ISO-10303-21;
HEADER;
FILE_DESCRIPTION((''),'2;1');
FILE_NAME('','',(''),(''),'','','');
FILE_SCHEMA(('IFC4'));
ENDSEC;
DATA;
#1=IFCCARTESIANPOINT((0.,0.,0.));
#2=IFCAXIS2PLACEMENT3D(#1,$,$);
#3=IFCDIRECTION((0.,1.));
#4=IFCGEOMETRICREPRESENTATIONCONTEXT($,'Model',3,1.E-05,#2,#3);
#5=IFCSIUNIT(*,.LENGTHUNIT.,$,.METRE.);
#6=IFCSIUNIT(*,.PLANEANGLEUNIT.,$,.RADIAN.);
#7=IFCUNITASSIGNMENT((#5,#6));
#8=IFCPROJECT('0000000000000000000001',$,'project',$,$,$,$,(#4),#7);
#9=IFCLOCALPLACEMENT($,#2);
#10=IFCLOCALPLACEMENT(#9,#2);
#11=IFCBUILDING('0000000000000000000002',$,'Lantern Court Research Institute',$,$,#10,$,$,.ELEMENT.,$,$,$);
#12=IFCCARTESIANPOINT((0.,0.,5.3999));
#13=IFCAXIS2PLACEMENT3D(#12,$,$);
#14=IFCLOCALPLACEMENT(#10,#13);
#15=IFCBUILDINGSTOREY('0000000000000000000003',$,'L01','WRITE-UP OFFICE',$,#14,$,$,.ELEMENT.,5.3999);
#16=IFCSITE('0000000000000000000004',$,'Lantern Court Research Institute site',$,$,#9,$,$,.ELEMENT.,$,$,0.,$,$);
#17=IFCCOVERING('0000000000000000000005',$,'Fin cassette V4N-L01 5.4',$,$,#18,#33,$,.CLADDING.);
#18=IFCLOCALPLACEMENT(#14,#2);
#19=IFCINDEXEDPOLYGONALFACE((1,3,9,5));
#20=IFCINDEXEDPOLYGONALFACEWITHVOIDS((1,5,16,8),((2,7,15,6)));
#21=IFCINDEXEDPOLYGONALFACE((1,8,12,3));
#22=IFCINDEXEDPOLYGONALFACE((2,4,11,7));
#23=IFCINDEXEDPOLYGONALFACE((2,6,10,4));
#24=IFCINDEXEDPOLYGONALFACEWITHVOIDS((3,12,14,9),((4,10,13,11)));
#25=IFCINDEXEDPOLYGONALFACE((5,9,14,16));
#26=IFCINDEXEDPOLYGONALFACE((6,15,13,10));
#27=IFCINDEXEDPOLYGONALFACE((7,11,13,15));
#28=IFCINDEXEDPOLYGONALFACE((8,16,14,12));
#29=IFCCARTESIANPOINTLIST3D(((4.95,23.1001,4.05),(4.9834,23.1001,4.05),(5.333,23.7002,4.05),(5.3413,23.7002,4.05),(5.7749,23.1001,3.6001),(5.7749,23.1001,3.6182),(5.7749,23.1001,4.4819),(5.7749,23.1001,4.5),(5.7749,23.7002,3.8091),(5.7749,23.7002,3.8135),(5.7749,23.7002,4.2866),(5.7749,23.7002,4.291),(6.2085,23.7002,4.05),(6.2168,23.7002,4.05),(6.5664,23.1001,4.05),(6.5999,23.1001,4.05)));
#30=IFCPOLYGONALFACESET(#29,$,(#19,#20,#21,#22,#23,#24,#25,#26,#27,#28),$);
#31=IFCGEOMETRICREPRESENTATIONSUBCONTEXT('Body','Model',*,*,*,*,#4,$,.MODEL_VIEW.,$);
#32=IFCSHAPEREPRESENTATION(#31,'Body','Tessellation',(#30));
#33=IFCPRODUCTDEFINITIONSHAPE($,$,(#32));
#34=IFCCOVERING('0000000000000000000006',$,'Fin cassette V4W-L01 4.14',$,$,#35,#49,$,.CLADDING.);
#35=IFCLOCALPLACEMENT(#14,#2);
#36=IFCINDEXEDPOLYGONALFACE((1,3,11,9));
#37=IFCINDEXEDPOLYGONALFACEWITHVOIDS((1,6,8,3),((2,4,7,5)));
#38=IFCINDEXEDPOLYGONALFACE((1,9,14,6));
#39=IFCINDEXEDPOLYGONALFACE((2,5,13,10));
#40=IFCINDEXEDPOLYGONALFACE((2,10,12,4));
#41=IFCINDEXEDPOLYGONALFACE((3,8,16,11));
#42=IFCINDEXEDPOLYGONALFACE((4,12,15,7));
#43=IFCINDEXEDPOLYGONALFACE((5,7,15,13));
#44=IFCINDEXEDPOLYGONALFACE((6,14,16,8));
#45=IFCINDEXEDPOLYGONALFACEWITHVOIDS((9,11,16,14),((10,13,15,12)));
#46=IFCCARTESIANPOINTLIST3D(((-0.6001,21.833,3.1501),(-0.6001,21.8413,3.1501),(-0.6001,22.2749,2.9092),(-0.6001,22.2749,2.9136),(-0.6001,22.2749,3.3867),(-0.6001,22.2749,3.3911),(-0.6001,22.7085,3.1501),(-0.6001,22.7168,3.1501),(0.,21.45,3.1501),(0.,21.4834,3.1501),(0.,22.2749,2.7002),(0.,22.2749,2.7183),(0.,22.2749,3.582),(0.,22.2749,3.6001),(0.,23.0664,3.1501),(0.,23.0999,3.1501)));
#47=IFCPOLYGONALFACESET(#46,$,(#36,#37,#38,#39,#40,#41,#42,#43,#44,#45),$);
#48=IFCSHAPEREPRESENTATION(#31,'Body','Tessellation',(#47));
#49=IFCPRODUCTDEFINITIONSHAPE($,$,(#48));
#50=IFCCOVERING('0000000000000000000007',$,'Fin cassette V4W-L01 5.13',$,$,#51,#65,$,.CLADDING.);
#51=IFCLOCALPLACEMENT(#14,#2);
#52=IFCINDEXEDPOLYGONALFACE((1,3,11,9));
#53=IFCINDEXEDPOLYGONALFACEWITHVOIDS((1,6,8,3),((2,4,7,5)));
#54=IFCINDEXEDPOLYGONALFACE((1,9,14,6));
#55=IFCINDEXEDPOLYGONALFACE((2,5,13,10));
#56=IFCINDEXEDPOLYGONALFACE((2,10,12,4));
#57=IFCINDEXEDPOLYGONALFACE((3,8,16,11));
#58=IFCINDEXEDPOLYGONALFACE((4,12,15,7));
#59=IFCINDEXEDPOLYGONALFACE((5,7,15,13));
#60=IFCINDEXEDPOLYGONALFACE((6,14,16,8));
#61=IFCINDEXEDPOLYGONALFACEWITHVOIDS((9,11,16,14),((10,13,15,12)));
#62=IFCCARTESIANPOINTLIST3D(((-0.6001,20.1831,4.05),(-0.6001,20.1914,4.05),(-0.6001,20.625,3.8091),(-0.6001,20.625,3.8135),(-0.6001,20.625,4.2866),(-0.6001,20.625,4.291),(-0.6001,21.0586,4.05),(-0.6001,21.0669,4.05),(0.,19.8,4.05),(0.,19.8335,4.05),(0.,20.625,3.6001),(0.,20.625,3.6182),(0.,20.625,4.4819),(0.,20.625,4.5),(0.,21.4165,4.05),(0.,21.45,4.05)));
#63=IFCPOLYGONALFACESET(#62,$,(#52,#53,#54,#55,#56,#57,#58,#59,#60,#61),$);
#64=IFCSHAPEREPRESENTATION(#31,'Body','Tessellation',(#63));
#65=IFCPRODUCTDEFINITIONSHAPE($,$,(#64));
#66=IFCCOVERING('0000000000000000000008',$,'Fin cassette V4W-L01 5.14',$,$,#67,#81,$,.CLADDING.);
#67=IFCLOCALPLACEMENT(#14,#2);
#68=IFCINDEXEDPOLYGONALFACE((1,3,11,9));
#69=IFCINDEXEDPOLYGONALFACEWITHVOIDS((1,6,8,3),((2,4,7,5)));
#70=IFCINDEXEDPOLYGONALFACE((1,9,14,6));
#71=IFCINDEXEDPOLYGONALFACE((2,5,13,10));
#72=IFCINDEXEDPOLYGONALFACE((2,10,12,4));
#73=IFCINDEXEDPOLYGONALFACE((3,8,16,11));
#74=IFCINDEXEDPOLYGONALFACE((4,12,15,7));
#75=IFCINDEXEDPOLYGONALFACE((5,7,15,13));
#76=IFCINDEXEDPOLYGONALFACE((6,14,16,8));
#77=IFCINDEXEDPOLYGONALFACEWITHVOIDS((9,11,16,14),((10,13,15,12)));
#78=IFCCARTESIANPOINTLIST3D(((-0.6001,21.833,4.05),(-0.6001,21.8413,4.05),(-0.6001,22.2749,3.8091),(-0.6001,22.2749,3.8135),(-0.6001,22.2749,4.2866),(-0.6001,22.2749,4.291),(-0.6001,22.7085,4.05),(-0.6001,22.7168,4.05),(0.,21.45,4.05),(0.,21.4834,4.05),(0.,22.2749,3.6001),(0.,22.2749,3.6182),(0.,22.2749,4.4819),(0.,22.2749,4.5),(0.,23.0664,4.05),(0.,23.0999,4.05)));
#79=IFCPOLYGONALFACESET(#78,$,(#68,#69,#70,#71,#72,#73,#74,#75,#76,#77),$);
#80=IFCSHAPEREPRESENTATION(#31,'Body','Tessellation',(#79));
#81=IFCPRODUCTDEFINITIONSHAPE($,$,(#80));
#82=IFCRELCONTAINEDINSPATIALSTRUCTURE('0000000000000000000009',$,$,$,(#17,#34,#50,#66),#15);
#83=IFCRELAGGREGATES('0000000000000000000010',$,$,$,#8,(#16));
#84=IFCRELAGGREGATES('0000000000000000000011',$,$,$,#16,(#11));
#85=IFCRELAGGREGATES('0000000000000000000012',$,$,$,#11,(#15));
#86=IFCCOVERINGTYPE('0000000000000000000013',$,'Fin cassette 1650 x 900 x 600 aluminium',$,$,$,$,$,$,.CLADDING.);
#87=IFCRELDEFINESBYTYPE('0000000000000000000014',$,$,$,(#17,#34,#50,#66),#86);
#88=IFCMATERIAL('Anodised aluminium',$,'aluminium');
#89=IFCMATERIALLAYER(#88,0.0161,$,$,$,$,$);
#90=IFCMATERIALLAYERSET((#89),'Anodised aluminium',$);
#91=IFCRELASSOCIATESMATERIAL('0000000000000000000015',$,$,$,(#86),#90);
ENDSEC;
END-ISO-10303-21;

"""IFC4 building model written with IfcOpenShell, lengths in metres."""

from ifc_helpers import new_model, entity, si_unit, direction, frame, origin, place, context, subcontext, project, spatial, material, layer, layer_set, type_object, element, save


model = new_model("IFC4")

# Units and contexts
model_context = context("Model", 3, precision=1e-05, world=origin(), true_north=direction((0.0, 1.0)))
body_context = subcontext(model_context, "Body", "Model", "MODEL_VIEW")
ifc_project = project(units=[si_unit("LENGTHUNIT", "METRE"), si_unit("PLANEANGLEUNIT", "RADIAN")], contexts=[model_context])

# Site, building, storey
site_placement = place(None, origin())
site = spatial("IfcSite", under=ifc_project, at=site_placement, Name="Lantern Court Research Institute site", CompositionType="ELEMENT", RefElevation=0.0)
building_placement = place(site_placement, origin())
building = spatial("IfcBuilding", under=site, at=building_placement, Name="Lantern Court Research Institute", CompositionType="ELEMENT")
storey_placement = place(building_placement, frame((0.0, 0.0, 5.3999)))
storey = spatial("IfcBuildingStorey", under=building, at=storey_placement, Name="L01", Description="WRITE-UP OFFICE", CompositionType="ELEMENT", Elevation=5.3999)

# Coverings
ifc_material_1 = material(Name="Anodised aluminium", Category="aluminium")
ifc_layer_1 = layer(ifc_material_1, 0.0161)
ifc_layer_set_1 = layer_set([ifc_layer_1], Name="Anodised aluminium")
covering_type = type_object("IfcCoveringType", Name="Fin cassette 1650 x 900 x 600 aluminium", PredefinedType="CLADDING", material=ifc_layer_set_1)
covering_1_placement = place(storey_placement, frame((5.7749, 23.1001, 4.05), z_axis=(0.0, 1.0, 0.0), x_axis=(-1.0, 0.0, 0.0)))
cartesian_point_1 = entity("IfcCartesianPoint", [0.825, 0.0])
cartesian_point_2 = entity("IfcCartesianPoint", [0.7915, 0.0])
cartesian_point_3 = entity("IfcCartesianPoint", [0.4419, 0.0])
cartesian_point_4 = entity("IfcCartesianPoint", [0.4336, 0.0])
element("IfcCovering", 1, at=covering_1_placement, inside=storey, type_object=covering_type, Name="Fin cassette V4N-L01 5.4", PredefinedType="CLADDING", context=body_context, shape_type="SweptSolid", body=[
    entity("IfcExtrudedAreaSolidTapered", entity("IfcArbitraryProfileDefWithVoids", "AREA", None, entity("IfcPolyline", [cartesian_point_1, entity("IfcCartesianPoint", [0.0, 0.45]), entity("IfcCartesianPoint", [-0.825, 0.0]), entity("IfcCartesianPoint", [0.0, -0.45]), cartesian_point_1]), [entity("IfcPolyline", [cartesian_point_2, entity("IfcCartesianPoint", [0.0, 0.4319]), entity("IfcCartesianPoint", [-0.7915, 0.0]), entity("IfcCartesianPoint", [0.0, -0.4319]), cartesian_point_2])]), entity("IfcAxis2Placement3D", entity("IfcCartesianPoint", [0.0, 0.0, 0.0])), entity("IfcDirection", [0.0, 0.0, 1.0]), 0.6001, entity("IfcArbitraryProfileDefWithVoids", "AREA", None, entity("IfcPolyline", [cartesian_point_3, entity("IfcCartesianPoint", [0.0, 0.241]), entity("IfcCartesianPoint", [-0.4419, 0.0]), entity("IfcCartesianPoint", [0.0, -0.241]), cartesian_point_3]), [entity("IfcPolyline", [cartesian_point_4, entity("IfcCartesianPoint", [0.0, 0.2366]), entity("IfcCartesianPoint", [-0.4336, 0.0]), entity("IfcCartesianPoint", [0.0, -0.2366]), cartesian_point_4])])),
])
covering_2_placement = place(storey_placement, frame((0.0, 22.2749, 3.1501), z_axis=(-1.0, 0.0, 0.0), x_axis=(0.0, -1.0, 0.0)))
cartesian_point_5 = entity("IfcCartesianPoint", [0.825, 0.0])
cartesian_point_6 = entity("IfcCartesianPoint", [0.7915, 0.0])
cartesian_point_7 = entity("IfcCartesianPoint", [0.4419, 0.0])
cartesian_point_8 = entity("IfcCartesianPoint", [0.4336, 0.0])
element("IfcCovering", 2, at=covering_2_placement, inside=storey, type_object=covering_type, Name="Fin cassette V4W-L01 4.14", PredefinedType="CLADDING", context=body_context, shape_type="SweptSolid", body=[
    entity("IfcExtrudedAreaSolidTapered", entity("IfcArbitraryProfileDefWithVoids", "AREA", None, entity("IfcPolyline", [cartesian_point_5, entity("IfcCartesianPoint", [0.0, 0.45]), entity("IfcCartesianPoint", [-0.825, 0.0]), entity("IfcCartesianPoint", [0.0, -0.45]), cartesian_point_5]), [entity("IfcPolyline", [cartesian_point_6, entity("IfcCartesianPoint", [0.0, 0.4319]), entity("IfcCartesianPoint", [-0.7915, 0.0]), entity("IfcCartesianPoint", [0.0, -0.4319]), cartesian_point_6])]), entity("IfcAxis2Placement3D", entity("IfcCartesianPoint", [0.0, 0.0, 0.0])), entity("IfcDirection", [0.0, 0.0, 1.0]), 0.6001, entity("IfcArbitraryProfileDefWithVoids", "AREA", None, entity("IfcPolyline", [cartesian_point_7, entity("IfcCartesianPoint", [0.0, 0.241]), entity("IfcCartesianPoint", [-0.4419, 0.0]), entity("IfcCartesianPoint", [0.0, -0.241]), cartesian_point_7]), [entity("IfcPolyline", [cartesian_point_8, entity("IfcCartesianPoint", [0.0, 0.2366]), entity("IfcCartesianPoint", [-0.4336, 0.0]), entity("IfcCartesianPoint", [0.0, -0.2366]), cartesian_point_8])])),
])
covering_3_placement = place(storey_placement, frame((0.0, 20.625, 4.05), z_axis=(-1.0, 0.0, 0.0), x_axis=(0.0, -1.0, 0.0)))
cartesian_point_9 = entity("IfcCartesianPoint", [0.825, 0.0])
cartesian_point_10 = entity("IfcCartesianPoint", [0.7915, 0.0])
cartesian_point_11 = entity("IfcCartesianPoint", [0.4419, 0.0])
cartesian_point_12 = entity("IfcCartesianPoint", [0.4336, 0.0])
element("IfcCovering", 3, at=covering_3_placement, inside=storey, type_object=covering_type, Name="Fin cassette V4W-L01 5.13", PredefinedType="CLADDING", context=body_context, shape_type="SweptSolid", body=[
    entity("IfcExtrudedAreaSolidTapered", entity("IfcArbitraryProfileDefWithVoids", "AREA", None, entity("IfcPolyline", [cartesian_point_9, entity("IfcCartesianPoint", [0.0, 0.45]), entity("IfcCartesianPoint", [-0.825, 0.0]), entity("IfcCartesianPoint", [0.0, -0.45]), cartesian_point_9]), [entity("IfcPolyline", [cartesian_point_10, entity("IfcCartesianPoint", [0.0, 0.4319]), entity("IfcCartesianPoint", [-0.7915, 0.0]), entity("IfcCartesianPoint", [0.0, -0.4319]), cartesian_point_10])]), entity("IfcAxis2Placement3D", entity("IfcCartesianPoint", [0.0, 0.0, 0.0])), entity("IfcDirection", [0.0, 0.0, 1.0]), 0.6001, entity("IfcArbitraryProfileDefWithVoids", "AREA", None, entity("IfcPolyline", [cartesian_point_11, entity("IfcCartesianPoint", [0.0, 0.241]), entity("IfcCartesianPoint", [-0.4419, 0.0]), entity("IfcCartesianPoint", [0.0, -0.241]), cartesian_point_11]), [entity("IfcPolyline", [cartesian_point_12, entity("IfcCartesianPoint", [0.0, 0.2366]), entity("IfcCartesianPoint", [-0.4336, 0.0]), entity("IfcCartesianPoint", [0.0, -0.2366]), cartesian_point_12])])),
])
covering_4_placement = place(storey_placement, frame((0.0, 22.2749, 4.05), z_axis=(-1.0, 0.0, 0.0), x_axis=(0.0, -1.0, 0.0)))
cartesian_point_13 = entity("IfcCartesianPoint", [0.825, 0.0])
cartesian_point_14 = entity("IfcCartesianPoint", [0.7915, 0.0])
cartesian_point_15 = entity("IfcCartesianPoint", [0.4419, 0.0])
cartesian_point_16 = entity("IfcCartesianPoint", [0.4336, 0.0])
element("IfcCovering", 4, at=covering_4_placement, inside=storey, type_object=covering_type, Name="Fin cassette V4W-L01 5.14", PredefinedType="CLADDING", context=body_context, shape_type="SweptSolid", body=[
    entity("IfcExtrudedAreaSolidTapered", entity("IfcArbitraryProfileDefWithVoids", "AREA", None, entity("IfcPolyline", [cartesian_point_13, entity("IfcCartesianPoint", [0.0, 0.45]), entity("IfcCartesianPoint", [-0.825, 0.0]), entity("IfcCartesianPoint", [0.0, -0.45]), cartesian_point_13]), [entity("IfcPolyline", [cartesian_point_14, entity("IfcCartesianPoint", [0.0, 0.4319]), entity("IfcCartesianPoint", [-0.7915, 0.0]), entity("IfcCartesianPoint", [0.0, -0.4319]), cartesian_point_14])]), entity("IfcAxis2Placement3D", entity("IfcCartesianPoint", [0.0, 0.0, 0.0])), entity("IfcDirection", [0.0, 0.0, 1.0]), 0.6001, entity("IfcArbitraryProfileDefWithVoids", "AREA", None, entity("IfcPolyline", [cartesian_point_15, entity("IfcCartesianPoint", [0.0, 0.241]), entity("IfcCartesianPoint", [-0.4419, 0.0]), entity("IfcCartesianPoint", [0.0, -0.241]), cartesian_point_15]), [entity("IfcPolyline", [cartesian_point_16, entity("IfcCartesianPoint", [0.0, 0.2366]), entity("IfcCartesianPoint", [-0.4336, 0.0]), entity("IfcCartesianPoint", [0.0, -0.2366]), cartesian_point_16])])),
])

save(model, "model.ifc")
